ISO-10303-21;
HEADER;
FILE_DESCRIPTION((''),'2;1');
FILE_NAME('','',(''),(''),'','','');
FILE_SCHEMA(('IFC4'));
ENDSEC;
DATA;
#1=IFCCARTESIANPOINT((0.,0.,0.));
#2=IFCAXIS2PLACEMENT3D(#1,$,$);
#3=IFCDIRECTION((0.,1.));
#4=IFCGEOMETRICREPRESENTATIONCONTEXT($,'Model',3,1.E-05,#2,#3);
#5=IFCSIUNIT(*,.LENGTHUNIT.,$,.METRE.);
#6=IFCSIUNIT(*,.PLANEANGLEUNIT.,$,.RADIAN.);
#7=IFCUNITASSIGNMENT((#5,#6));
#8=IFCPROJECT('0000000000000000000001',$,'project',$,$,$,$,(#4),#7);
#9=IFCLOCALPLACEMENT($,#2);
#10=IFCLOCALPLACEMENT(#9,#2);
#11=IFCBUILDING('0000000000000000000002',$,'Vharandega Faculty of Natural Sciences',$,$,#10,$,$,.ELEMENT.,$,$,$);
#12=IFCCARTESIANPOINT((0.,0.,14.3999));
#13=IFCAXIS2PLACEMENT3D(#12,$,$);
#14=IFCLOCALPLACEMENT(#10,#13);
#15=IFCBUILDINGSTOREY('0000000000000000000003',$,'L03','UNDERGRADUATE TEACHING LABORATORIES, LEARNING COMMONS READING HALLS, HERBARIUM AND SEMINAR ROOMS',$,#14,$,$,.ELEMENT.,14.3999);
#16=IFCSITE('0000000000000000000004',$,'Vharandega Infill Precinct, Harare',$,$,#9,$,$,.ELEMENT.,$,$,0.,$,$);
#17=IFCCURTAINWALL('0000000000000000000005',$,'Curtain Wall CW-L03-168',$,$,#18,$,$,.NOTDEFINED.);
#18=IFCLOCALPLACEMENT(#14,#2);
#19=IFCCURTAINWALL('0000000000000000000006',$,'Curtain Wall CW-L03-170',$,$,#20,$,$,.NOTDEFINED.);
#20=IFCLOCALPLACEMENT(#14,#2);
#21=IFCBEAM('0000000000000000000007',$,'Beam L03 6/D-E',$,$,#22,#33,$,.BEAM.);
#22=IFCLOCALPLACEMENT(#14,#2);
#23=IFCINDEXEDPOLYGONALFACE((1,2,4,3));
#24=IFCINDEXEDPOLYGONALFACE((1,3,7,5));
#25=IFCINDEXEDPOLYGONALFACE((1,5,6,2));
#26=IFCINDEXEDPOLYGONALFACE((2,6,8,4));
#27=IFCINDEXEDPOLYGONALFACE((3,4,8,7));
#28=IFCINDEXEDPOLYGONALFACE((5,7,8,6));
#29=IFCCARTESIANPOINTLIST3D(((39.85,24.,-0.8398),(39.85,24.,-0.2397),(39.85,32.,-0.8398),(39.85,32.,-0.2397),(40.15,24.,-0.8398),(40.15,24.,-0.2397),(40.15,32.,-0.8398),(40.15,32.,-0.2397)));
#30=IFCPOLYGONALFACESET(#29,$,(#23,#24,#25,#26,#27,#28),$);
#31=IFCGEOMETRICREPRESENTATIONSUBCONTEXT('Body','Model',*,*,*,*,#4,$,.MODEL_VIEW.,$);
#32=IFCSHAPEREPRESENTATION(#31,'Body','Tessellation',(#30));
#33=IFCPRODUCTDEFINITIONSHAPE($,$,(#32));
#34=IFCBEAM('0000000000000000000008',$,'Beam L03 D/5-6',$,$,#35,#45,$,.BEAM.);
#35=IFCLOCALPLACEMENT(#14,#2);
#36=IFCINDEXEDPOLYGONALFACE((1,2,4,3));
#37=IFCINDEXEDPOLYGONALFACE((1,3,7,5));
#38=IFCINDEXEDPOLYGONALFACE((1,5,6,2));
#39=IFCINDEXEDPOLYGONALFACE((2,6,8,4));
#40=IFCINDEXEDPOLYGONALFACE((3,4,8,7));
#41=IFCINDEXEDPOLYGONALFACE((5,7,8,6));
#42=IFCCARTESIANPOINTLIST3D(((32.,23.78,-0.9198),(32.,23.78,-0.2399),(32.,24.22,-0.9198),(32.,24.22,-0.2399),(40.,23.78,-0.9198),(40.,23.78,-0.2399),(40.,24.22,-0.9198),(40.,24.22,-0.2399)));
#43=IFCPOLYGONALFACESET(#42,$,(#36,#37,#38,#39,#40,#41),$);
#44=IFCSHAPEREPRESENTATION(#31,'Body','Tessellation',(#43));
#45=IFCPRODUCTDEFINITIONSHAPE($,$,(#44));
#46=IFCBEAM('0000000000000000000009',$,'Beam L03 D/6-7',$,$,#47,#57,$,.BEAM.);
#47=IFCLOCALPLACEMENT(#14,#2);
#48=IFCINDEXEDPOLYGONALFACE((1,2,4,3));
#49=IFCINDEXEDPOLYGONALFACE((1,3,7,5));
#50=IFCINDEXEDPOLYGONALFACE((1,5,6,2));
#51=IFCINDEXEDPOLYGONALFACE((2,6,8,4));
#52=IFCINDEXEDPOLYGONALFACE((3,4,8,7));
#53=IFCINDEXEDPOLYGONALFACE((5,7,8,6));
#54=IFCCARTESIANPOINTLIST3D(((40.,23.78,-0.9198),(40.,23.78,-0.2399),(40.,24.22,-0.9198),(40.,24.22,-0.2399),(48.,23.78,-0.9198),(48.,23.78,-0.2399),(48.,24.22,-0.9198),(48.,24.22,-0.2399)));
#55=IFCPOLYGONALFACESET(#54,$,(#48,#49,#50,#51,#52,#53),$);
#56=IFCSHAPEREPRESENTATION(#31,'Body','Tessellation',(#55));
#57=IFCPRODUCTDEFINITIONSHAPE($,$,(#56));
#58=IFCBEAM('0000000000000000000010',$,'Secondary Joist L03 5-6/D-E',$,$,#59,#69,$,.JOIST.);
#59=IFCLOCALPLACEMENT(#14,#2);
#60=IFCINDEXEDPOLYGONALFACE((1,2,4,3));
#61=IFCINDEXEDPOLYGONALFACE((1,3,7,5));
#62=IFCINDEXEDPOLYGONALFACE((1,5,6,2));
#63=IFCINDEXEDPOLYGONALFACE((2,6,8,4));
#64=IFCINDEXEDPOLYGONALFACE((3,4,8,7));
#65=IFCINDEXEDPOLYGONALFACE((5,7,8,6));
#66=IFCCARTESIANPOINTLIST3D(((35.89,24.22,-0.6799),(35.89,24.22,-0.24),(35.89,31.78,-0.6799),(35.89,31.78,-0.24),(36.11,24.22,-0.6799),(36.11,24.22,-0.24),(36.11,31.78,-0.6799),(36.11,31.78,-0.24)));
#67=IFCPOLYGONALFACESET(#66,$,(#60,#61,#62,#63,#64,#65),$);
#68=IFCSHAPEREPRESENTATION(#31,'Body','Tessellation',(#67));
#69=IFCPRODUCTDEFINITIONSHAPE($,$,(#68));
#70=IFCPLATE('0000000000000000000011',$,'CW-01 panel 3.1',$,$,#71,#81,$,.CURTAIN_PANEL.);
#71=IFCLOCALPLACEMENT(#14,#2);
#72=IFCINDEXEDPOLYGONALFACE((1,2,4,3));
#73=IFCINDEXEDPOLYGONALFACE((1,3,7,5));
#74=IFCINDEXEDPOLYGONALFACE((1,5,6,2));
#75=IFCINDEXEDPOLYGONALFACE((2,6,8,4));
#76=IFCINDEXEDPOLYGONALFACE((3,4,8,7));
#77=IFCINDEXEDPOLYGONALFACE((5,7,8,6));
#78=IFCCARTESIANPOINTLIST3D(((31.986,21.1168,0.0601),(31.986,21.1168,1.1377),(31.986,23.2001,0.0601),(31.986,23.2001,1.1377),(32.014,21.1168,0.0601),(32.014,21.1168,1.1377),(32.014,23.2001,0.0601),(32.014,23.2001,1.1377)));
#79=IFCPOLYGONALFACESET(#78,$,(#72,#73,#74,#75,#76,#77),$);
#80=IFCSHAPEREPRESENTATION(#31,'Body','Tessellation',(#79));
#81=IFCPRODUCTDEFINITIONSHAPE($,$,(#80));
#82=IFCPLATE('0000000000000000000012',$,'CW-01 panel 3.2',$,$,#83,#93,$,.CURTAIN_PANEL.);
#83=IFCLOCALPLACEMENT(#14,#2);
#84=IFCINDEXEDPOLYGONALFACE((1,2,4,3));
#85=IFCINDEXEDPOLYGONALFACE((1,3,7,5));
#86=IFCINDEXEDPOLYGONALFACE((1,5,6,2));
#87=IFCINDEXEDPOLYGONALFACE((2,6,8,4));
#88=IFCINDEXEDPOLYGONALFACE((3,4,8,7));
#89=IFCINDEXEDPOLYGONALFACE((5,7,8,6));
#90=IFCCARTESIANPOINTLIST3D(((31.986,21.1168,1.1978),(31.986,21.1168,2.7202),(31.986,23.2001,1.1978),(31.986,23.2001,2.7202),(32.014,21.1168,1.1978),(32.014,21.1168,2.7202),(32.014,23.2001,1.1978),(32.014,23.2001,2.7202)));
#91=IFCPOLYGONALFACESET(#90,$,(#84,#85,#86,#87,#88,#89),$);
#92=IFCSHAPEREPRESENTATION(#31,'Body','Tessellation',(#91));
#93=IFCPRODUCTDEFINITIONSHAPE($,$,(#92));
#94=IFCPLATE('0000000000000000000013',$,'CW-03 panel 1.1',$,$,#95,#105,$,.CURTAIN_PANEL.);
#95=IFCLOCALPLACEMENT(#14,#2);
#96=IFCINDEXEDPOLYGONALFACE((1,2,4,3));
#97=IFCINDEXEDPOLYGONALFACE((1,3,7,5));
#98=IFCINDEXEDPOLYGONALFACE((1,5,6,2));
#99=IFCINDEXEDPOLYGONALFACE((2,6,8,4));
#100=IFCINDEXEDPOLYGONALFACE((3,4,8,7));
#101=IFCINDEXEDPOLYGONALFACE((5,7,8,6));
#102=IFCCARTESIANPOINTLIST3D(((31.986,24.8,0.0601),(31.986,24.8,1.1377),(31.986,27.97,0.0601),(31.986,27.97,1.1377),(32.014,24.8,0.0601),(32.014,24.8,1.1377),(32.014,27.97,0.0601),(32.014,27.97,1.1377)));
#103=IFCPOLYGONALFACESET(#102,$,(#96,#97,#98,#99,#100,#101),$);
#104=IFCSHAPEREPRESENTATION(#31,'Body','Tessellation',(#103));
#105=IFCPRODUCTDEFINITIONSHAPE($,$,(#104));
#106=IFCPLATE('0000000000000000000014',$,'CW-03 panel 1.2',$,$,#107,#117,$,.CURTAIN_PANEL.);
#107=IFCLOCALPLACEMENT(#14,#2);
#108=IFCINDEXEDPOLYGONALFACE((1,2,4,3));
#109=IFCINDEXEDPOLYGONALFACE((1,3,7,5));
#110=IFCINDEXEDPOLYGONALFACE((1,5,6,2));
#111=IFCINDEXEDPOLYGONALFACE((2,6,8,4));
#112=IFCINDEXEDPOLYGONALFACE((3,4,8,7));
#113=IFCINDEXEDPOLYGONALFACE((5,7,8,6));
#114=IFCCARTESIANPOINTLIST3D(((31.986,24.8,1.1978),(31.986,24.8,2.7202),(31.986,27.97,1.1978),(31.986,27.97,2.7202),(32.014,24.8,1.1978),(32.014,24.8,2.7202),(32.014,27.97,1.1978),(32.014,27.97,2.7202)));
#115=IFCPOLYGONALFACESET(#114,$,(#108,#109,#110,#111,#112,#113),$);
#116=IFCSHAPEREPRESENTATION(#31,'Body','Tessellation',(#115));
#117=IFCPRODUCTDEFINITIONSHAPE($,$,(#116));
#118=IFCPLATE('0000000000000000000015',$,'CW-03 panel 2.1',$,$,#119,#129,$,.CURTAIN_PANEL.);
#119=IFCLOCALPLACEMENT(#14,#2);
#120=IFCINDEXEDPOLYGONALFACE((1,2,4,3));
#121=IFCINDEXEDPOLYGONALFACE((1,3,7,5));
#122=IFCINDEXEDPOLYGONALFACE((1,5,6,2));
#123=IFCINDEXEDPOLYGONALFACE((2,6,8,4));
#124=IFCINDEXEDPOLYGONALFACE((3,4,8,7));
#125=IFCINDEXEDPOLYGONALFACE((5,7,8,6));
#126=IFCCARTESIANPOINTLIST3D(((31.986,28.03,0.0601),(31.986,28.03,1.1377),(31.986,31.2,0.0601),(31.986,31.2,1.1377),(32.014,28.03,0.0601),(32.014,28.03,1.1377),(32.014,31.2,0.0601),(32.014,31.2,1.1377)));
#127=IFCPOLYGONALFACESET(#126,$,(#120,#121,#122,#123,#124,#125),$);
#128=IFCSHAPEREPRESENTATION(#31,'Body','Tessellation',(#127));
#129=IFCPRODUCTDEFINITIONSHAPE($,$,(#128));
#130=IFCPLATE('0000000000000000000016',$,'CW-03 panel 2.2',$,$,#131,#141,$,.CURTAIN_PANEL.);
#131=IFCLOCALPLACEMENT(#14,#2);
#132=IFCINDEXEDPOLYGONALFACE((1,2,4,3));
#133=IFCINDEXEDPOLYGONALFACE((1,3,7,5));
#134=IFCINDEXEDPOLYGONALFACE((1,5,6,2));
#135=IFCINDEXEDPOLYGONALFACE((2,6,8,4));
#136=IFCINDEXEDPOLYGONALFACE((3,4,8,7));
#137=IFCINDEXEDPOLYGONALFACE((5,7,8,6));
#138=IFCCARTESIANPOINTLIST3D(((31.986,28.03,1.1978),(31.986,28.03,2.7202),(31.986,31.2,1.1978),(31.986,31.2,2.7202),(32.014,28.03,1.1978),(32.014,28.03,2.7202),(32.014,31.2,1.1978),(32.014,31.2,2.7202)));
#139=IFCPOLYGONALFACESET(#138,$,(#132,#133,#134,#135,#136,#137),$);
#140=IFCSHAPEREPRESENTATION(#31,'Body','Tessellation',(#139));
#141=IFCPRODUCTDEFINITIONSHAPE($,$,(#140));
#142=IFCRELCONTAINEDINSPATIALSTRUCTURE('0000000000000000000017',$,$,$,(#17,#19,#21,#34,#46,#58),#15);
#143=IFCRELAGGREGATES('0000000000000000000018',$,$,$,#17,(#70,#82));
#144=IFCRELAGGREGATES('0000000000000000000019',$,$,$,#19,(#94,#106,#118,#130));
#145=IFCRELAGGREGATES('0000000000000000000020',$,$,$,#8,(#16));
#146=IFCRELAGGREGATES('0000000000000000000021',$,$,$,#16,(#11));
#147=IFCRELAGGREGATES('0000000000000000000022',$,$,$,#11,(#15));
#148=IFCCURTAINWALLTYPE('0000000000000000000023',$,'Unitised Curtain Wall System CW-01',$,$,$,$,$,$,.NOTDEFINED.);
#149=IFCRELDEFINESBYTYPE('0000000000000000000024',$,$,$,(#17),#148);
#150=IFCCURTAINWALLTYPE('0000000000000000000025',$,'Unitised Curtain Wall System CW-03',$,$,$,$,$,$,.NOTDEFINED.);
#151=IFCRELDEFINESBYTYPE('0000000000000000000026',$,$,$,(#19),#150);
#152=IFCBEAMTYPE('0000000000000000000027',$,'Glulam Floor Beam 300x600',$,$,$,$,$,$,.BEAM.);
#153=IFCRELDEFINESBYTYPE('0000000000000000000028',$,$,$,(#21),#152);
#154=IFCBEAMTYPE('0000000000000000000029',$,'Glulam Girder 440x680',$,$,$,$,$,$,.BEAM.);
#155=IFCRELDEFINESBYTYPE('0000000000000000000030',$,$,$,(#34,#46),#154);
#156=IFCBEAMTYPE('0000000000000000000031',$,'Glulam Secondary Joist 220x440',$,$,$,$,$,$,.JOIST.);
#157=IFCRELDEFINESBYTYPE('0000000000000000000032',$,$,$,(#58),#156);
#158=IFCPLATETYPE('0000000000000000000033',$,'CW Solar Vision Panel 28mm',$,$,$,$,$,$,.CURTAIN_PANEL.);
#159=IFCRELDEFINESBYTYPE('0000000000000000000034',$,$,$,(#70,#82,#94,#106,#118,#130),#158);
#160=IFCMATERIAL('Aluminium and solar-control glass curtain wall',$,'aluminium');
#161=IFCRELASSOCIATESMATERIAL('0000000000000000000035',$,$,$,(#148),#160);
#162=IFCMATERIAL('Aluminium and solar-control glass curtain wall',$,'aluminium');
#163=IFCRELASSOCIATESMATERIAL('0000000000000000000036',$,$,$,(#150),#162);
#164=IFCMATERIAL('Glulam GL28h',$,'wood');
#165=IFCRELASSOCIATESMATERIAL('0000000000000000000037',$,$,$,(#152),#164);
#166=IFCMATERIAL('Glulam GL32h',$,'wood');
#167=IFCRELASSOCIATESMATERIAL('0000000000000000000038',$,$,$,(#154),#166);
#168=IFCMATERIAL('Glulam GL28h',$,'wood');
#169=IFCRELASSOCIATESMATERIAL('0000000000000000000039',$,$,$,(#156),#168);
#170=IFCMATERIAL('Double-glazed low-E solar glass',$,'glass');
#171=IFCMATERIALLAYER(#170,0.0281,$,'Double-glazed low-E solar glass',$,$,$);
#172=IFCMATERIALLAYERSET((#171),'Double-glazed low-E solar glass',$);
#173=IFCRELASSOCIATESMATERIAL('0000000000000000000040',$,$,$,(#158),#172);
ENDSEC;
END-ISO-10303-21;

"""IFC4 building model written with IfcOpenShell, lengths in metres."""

from ifc_helpers import new_model, si_unit, direction, frame, origin, origin_2d, place, context, subcontext, project, spatial, rectangle, extrude, material, layer, layer_set, material_profile, profile_set, type_object, element, aggregate, save


model = new_model("IFC4")

# Units and contexts
model_context = context("Model", 3, precision=1e-05, world=origin(), true_north=direction((0.0, 1.0)))
body_context = subcontext(model_context, "Body", "Model", "MODEL_VIEW")
ifc_project = project(units=[si_unit("LENGTHUNIT", "METRE"), si_unit("PLANEANGLEUNIT", "RADIAN")], contexts=[model_context])

# Site, building, storey
site_placement = place(None, origin())
site = spatial("IfcSite", under=ifc_project, at=site_placement, Name="Vharandega Infill Precinct, Harare", CompositionType="ELEMENT", RefElevation=0.0)
building_placement = place(site_placement, origin())
building = spatial("IfcBuilding", under=site, at=building_placement, Name="Vharandega Faculty of Natural Sciences", CompositionType="ELEMENT")
storey_placement = place(building_placement, frame((0.0, 0.0, 14.3999)))
storey = spatial("IfcBuildingStorey", under=building, at=storey_placement, Name="L03", Description="UNDERGRADUATE TEACHING LABORATORIES, LEARNING COMMONS READING HALLS, HERBARIUM AND SEMINAR ROOMS", CompositionType="ELEMENT", Elevation=14.3999)

# Curtain wall
ifc_material_1 = material(Name="Aluminium and solar-control glass curtain wall", Category="aluminium")
curtain_wall_type_1 = type_object("IfcCurtainWallType", Name="Unitised Curtain Wall System CW-01", PredefinedType="NOTDEFINED", material=ifc_material_1)
curtain_wall_1_placement = place(storey_placement, origin())
curtain_wall_1 = element("IfcCurtainWall", 1, at=curtain_wall_1_placement, inside=storey, type_object=curtain_wall_type_1, Name="Curtain Wall CW-L03-168", PredefinedType="NOTDEFINED")

# Curtain wall
ifc_material_2 = material(Name="Aluminium and solar-control glass curtain wall", Category="aluminium")
curtain_wall_type_2 = type_object("IfcCurtainWallType", Name="Unitised Curtain Wall System CW-03", PredefinedType="NOTDEFINED", material=ifc_material_2)
curtain_wall_2_placement = place(storey_placement, origin())
curtain_wall_2 = element("IfcCurtainWall", 2, at=curtain_wall_2_placement, inside=storey, type_object=curtain_wall_type_2, Name="Curtain Wall CW-L03-170", PredefinedType="NOTDEFINED")

# Beams
ifc_material_3 = material(Name="Glulam GL28h", Category="wood")
ifc_material_profile_1 = material_profile(ifc_material_3, rectangle(XDim=0.3, YDim=0.6001, at=origin_2d()), Name="GL28h 300x600")
ifc_profile_set_1 = profile_set([ifc_material_profile_1], Name="Glulam GL28h")
beam_type_1 = type_object("IfcBeamType", Name="Glulam Floor Beam 300x600", PredefinedType="BEAM", material=ifc_profile_set_1)
for number, where, z_axis, x_axis, name in (
    (3, (40.0, 24.0, -0.5398), (0.0, 1.0, 0.0), (-1.0, 0.0, 0.0), "Beam L03 6/D-E"),
):
    element("IfcBeam", number, at=place(storey_placement, frame(where, z_axis=z_axis, x_axis=x_axis)), inside=storey, type_object=beam_type_1, Name=name, PredefinedType="BEAM", context=body_context, shape_type="SweptSolid", body=[
        extrude(rectangle(XDim=0.3, YDim=0.6001, at=origin_2d()), origin(), (0.0, 0.0, 1.0), 8.0),
    ])
ifc_material_4 = material(Name="Glulam GL32h", Category="wood")
ifc_material_profile_2 = material_profile(ifc_material_4, rectangle(XDim=0.4399, YDim=0.6799, at=origin_2d()), Name="GL32h 440x680")
ifc_profile_set_2 = profile_set([ifc_material_profile_2], Name="Glulam GL32h")
beam_type_2 = type_object("IfcBeamType", Name="Glulam Girder 440x680", PredefinedType="BEAM", material=ifc_profile_set_2)
for number, where, z_axis, x_axis, name in (
    (4, (32.0, 24.0, -0.5798), (1.0, 0.0, 0.0), (0.0, 1.0, 0.0), "Beam L03 D/5-6"),
    (5, (40.0, 24.0, -0.5798), (1.0, 0.0, 0.0), (0.0, 1.0, 0.0), "Beam L03 D/6-7"),
):
    element("IfcBeam", number, at=place(storey_placement, frame(where, z_axis=z_axis, x_axis=x_axis)), inside=storey, type_object=beam_type_2, Name=name, PredefinedType="BEAM", context=body_context, shape_type="SweptSolid", body=[
        extrude(rectangle(XDim=0.4399, YDim=0.6799, at=origin_2d()), origin(), (0.0, 0.0, 1.0), 8.0),
    ])
ifc_material_5 = material(Name="Glulam GL28h", Category="wood")
ifc_material_profile_3 = material_profile(ifc_material_5, rectangle(XDim=0.22, YDim=0.4399, at=origin_2d()), Name="GL28h 220x440")
ifc_profile_set_3 = profile_set([ifc_material_profile_3], Name="Glulam GL28h")
beam_type_3 = type_object("IfcBeamType", Name="Glulam Secondary Joist 220x440", PredefinedType="JOIST", material=ifc_profile_set_3)
beam_placement = place(storey_placement, frame((36.0, 24.22, -0.46), z_axis=(0.0, 1.0, 0.0), x_axis=(-1.0, 0.0, 0.0)))
element("IfcBeam", 6, at=beam_placement, inside=storey, type_object=beam_type_3, Name="Secondary Joist L03 5-6/D-E", PredefinedType="JOIST", context=body_context, shape_type="SweptSolid", body=[
    extrude(rectangle(XDim=0.22, YDim=0.4399, at=origin_2d()), origin(), (0.0, 0.0, 1.0), 7.5601),
])

# Plates
ifc_material_6 = material(Name="Double-glazed low-E solar glass", Category="glass")
ifc_layer = layer(ifc_material_6, 0.0281, Name="Double-glazed low-E solar glass")
ifc_layer_set = layer_set([ifc_layer], Name="Double-glazed low-E solar glass")
plate_type = type_object("IfcPlateType", Name="CW Solar Vision Panel 28mm", PredefinedType="CURTAIN_PANEL", material=ifc_layer_set)
plate_1_placement = place(storey_placement, frame((32.0, 22.1584, 0.0601), z_axis=(0.0, 0.0, 1.0), x_axis=(0.0, 1.0, 0.0)))
plate_1 = element("IfcPlate", 7, at=plate_1_placement, type_object=plate_type, Name="CW-01 panel 3.1", PredefinedType="CURTAIN_PANEL", context=body_context, shape_type="SweptSolid", body=[
    extrude(rectangle(XDim=2.0833, YDim=0.0281, at=origin_2d()), origin(), (0.0, 0.0, 1.0), 1.0776),
])
plate_2_placement = place(storey_placement, frame((32.0, 22.1584, 1.1978), z_axis=(0.0, 0.0, 1.0), x_axis=(0.0, 1.0, 0.0)))
plate_2 = element("IfcPlate", 8, at=plate_2_placement, type_object=plate_type, Name="CW-01 panel 3.2", PredefinedType="CURTAIN_PANEL", context=body_context, shape_type="SweptSolid", body=[
    extrude(rectangle(XDim=2.0833, YDim=0.0281, at=origin_2d()), origin(), (0.0, 0.0, 1.0), 1.5225),
])
aggregate(curtain_wall_1, [plate_1, plate_2])
plate_3_placement = place(storey_placement, frame((32.0, 26.385, 0.0601), z_axis=(0.0, 0.0, 1.0), x_axis=(0.0, 1.0, 0.0)))
plate_3 = element("IfcPlate", 9, at=plate_3_placement, type_object=plate_type, Name="CW-03 panel 1.1", PredefinedType="CURTAIN_PANEL", context=body_context, shape_type="SweptSolid", body=[
    extrude(rectangle(XDim=3.1699, YDim=0.0281, at=origin_2d()), origin(), (0.0, 0.0, 1.0), 1.0776),
])
plate_4_placement = place(storey_placement, frame((32.0, 26.385, 1.1978), z_axis=(0.0, 0.0, 1.0), x_axis=(0.0, 1.0, 0.0)))
plate_4 = element("IfcPlate", 10, at=plate_4_placement, type_object=plate_type, Name="CW-03 panel 1.2", PredefinedType="CURTAIN_PANEL", context=body_context, shape_type="SweptSolid", body=[
    extrude(rectangle(XDim=3.1699, YDim=0.0281, at=origin_2d()), origin(), (0.0, 0.0, 1.0), 1.5225),
])
plate_5_placement = place(storey_placement, frame((32.0, 29.615, 0.0601), z_axis=(0.0, 0.0, 1.0), x_axis=(0.0, 1.0, 0.0)))
plate_5 = element("IfcPlate", 11, at=plate_5_placement, type_object=plate_type, Name="CW-03 panel 2.1", PredefinedType="CURTAIN_PANEL", context=body_context, shape_type="SweptSolid", body=[
    extrude(rectangle(XDim=3.1699, YDim=0.0281, at=origin_2d()), origin(), (0.0, 0.0, 1.0), 1.0776),
])
plate_6_placement = place(storey_placement, frame((32.0, 29.615, 1.1978), z_axis=(0.0, 0.0, 1.0), x_axis=(0.0, 1.0, 0.0)))
plate_6 = element("IfcPlate", 12, at=plate_6_placement, type_object=plate_type, Name="CW-03 panel 2.2", PredefinedType="CURTAIN_PANEL", context=body_context, shape_type="SweptSolid", body=[
    extrude(rectangle(XDim=3.1699, YDim=0.0281, at=origin_2d()), origin(), (0.0, 0.0, 1.0), 1.5225),
])
aggregate(curtain_wall_2, [plate_3, plate_4, plate_5, plate_6])

save(model, "model.ifc")
